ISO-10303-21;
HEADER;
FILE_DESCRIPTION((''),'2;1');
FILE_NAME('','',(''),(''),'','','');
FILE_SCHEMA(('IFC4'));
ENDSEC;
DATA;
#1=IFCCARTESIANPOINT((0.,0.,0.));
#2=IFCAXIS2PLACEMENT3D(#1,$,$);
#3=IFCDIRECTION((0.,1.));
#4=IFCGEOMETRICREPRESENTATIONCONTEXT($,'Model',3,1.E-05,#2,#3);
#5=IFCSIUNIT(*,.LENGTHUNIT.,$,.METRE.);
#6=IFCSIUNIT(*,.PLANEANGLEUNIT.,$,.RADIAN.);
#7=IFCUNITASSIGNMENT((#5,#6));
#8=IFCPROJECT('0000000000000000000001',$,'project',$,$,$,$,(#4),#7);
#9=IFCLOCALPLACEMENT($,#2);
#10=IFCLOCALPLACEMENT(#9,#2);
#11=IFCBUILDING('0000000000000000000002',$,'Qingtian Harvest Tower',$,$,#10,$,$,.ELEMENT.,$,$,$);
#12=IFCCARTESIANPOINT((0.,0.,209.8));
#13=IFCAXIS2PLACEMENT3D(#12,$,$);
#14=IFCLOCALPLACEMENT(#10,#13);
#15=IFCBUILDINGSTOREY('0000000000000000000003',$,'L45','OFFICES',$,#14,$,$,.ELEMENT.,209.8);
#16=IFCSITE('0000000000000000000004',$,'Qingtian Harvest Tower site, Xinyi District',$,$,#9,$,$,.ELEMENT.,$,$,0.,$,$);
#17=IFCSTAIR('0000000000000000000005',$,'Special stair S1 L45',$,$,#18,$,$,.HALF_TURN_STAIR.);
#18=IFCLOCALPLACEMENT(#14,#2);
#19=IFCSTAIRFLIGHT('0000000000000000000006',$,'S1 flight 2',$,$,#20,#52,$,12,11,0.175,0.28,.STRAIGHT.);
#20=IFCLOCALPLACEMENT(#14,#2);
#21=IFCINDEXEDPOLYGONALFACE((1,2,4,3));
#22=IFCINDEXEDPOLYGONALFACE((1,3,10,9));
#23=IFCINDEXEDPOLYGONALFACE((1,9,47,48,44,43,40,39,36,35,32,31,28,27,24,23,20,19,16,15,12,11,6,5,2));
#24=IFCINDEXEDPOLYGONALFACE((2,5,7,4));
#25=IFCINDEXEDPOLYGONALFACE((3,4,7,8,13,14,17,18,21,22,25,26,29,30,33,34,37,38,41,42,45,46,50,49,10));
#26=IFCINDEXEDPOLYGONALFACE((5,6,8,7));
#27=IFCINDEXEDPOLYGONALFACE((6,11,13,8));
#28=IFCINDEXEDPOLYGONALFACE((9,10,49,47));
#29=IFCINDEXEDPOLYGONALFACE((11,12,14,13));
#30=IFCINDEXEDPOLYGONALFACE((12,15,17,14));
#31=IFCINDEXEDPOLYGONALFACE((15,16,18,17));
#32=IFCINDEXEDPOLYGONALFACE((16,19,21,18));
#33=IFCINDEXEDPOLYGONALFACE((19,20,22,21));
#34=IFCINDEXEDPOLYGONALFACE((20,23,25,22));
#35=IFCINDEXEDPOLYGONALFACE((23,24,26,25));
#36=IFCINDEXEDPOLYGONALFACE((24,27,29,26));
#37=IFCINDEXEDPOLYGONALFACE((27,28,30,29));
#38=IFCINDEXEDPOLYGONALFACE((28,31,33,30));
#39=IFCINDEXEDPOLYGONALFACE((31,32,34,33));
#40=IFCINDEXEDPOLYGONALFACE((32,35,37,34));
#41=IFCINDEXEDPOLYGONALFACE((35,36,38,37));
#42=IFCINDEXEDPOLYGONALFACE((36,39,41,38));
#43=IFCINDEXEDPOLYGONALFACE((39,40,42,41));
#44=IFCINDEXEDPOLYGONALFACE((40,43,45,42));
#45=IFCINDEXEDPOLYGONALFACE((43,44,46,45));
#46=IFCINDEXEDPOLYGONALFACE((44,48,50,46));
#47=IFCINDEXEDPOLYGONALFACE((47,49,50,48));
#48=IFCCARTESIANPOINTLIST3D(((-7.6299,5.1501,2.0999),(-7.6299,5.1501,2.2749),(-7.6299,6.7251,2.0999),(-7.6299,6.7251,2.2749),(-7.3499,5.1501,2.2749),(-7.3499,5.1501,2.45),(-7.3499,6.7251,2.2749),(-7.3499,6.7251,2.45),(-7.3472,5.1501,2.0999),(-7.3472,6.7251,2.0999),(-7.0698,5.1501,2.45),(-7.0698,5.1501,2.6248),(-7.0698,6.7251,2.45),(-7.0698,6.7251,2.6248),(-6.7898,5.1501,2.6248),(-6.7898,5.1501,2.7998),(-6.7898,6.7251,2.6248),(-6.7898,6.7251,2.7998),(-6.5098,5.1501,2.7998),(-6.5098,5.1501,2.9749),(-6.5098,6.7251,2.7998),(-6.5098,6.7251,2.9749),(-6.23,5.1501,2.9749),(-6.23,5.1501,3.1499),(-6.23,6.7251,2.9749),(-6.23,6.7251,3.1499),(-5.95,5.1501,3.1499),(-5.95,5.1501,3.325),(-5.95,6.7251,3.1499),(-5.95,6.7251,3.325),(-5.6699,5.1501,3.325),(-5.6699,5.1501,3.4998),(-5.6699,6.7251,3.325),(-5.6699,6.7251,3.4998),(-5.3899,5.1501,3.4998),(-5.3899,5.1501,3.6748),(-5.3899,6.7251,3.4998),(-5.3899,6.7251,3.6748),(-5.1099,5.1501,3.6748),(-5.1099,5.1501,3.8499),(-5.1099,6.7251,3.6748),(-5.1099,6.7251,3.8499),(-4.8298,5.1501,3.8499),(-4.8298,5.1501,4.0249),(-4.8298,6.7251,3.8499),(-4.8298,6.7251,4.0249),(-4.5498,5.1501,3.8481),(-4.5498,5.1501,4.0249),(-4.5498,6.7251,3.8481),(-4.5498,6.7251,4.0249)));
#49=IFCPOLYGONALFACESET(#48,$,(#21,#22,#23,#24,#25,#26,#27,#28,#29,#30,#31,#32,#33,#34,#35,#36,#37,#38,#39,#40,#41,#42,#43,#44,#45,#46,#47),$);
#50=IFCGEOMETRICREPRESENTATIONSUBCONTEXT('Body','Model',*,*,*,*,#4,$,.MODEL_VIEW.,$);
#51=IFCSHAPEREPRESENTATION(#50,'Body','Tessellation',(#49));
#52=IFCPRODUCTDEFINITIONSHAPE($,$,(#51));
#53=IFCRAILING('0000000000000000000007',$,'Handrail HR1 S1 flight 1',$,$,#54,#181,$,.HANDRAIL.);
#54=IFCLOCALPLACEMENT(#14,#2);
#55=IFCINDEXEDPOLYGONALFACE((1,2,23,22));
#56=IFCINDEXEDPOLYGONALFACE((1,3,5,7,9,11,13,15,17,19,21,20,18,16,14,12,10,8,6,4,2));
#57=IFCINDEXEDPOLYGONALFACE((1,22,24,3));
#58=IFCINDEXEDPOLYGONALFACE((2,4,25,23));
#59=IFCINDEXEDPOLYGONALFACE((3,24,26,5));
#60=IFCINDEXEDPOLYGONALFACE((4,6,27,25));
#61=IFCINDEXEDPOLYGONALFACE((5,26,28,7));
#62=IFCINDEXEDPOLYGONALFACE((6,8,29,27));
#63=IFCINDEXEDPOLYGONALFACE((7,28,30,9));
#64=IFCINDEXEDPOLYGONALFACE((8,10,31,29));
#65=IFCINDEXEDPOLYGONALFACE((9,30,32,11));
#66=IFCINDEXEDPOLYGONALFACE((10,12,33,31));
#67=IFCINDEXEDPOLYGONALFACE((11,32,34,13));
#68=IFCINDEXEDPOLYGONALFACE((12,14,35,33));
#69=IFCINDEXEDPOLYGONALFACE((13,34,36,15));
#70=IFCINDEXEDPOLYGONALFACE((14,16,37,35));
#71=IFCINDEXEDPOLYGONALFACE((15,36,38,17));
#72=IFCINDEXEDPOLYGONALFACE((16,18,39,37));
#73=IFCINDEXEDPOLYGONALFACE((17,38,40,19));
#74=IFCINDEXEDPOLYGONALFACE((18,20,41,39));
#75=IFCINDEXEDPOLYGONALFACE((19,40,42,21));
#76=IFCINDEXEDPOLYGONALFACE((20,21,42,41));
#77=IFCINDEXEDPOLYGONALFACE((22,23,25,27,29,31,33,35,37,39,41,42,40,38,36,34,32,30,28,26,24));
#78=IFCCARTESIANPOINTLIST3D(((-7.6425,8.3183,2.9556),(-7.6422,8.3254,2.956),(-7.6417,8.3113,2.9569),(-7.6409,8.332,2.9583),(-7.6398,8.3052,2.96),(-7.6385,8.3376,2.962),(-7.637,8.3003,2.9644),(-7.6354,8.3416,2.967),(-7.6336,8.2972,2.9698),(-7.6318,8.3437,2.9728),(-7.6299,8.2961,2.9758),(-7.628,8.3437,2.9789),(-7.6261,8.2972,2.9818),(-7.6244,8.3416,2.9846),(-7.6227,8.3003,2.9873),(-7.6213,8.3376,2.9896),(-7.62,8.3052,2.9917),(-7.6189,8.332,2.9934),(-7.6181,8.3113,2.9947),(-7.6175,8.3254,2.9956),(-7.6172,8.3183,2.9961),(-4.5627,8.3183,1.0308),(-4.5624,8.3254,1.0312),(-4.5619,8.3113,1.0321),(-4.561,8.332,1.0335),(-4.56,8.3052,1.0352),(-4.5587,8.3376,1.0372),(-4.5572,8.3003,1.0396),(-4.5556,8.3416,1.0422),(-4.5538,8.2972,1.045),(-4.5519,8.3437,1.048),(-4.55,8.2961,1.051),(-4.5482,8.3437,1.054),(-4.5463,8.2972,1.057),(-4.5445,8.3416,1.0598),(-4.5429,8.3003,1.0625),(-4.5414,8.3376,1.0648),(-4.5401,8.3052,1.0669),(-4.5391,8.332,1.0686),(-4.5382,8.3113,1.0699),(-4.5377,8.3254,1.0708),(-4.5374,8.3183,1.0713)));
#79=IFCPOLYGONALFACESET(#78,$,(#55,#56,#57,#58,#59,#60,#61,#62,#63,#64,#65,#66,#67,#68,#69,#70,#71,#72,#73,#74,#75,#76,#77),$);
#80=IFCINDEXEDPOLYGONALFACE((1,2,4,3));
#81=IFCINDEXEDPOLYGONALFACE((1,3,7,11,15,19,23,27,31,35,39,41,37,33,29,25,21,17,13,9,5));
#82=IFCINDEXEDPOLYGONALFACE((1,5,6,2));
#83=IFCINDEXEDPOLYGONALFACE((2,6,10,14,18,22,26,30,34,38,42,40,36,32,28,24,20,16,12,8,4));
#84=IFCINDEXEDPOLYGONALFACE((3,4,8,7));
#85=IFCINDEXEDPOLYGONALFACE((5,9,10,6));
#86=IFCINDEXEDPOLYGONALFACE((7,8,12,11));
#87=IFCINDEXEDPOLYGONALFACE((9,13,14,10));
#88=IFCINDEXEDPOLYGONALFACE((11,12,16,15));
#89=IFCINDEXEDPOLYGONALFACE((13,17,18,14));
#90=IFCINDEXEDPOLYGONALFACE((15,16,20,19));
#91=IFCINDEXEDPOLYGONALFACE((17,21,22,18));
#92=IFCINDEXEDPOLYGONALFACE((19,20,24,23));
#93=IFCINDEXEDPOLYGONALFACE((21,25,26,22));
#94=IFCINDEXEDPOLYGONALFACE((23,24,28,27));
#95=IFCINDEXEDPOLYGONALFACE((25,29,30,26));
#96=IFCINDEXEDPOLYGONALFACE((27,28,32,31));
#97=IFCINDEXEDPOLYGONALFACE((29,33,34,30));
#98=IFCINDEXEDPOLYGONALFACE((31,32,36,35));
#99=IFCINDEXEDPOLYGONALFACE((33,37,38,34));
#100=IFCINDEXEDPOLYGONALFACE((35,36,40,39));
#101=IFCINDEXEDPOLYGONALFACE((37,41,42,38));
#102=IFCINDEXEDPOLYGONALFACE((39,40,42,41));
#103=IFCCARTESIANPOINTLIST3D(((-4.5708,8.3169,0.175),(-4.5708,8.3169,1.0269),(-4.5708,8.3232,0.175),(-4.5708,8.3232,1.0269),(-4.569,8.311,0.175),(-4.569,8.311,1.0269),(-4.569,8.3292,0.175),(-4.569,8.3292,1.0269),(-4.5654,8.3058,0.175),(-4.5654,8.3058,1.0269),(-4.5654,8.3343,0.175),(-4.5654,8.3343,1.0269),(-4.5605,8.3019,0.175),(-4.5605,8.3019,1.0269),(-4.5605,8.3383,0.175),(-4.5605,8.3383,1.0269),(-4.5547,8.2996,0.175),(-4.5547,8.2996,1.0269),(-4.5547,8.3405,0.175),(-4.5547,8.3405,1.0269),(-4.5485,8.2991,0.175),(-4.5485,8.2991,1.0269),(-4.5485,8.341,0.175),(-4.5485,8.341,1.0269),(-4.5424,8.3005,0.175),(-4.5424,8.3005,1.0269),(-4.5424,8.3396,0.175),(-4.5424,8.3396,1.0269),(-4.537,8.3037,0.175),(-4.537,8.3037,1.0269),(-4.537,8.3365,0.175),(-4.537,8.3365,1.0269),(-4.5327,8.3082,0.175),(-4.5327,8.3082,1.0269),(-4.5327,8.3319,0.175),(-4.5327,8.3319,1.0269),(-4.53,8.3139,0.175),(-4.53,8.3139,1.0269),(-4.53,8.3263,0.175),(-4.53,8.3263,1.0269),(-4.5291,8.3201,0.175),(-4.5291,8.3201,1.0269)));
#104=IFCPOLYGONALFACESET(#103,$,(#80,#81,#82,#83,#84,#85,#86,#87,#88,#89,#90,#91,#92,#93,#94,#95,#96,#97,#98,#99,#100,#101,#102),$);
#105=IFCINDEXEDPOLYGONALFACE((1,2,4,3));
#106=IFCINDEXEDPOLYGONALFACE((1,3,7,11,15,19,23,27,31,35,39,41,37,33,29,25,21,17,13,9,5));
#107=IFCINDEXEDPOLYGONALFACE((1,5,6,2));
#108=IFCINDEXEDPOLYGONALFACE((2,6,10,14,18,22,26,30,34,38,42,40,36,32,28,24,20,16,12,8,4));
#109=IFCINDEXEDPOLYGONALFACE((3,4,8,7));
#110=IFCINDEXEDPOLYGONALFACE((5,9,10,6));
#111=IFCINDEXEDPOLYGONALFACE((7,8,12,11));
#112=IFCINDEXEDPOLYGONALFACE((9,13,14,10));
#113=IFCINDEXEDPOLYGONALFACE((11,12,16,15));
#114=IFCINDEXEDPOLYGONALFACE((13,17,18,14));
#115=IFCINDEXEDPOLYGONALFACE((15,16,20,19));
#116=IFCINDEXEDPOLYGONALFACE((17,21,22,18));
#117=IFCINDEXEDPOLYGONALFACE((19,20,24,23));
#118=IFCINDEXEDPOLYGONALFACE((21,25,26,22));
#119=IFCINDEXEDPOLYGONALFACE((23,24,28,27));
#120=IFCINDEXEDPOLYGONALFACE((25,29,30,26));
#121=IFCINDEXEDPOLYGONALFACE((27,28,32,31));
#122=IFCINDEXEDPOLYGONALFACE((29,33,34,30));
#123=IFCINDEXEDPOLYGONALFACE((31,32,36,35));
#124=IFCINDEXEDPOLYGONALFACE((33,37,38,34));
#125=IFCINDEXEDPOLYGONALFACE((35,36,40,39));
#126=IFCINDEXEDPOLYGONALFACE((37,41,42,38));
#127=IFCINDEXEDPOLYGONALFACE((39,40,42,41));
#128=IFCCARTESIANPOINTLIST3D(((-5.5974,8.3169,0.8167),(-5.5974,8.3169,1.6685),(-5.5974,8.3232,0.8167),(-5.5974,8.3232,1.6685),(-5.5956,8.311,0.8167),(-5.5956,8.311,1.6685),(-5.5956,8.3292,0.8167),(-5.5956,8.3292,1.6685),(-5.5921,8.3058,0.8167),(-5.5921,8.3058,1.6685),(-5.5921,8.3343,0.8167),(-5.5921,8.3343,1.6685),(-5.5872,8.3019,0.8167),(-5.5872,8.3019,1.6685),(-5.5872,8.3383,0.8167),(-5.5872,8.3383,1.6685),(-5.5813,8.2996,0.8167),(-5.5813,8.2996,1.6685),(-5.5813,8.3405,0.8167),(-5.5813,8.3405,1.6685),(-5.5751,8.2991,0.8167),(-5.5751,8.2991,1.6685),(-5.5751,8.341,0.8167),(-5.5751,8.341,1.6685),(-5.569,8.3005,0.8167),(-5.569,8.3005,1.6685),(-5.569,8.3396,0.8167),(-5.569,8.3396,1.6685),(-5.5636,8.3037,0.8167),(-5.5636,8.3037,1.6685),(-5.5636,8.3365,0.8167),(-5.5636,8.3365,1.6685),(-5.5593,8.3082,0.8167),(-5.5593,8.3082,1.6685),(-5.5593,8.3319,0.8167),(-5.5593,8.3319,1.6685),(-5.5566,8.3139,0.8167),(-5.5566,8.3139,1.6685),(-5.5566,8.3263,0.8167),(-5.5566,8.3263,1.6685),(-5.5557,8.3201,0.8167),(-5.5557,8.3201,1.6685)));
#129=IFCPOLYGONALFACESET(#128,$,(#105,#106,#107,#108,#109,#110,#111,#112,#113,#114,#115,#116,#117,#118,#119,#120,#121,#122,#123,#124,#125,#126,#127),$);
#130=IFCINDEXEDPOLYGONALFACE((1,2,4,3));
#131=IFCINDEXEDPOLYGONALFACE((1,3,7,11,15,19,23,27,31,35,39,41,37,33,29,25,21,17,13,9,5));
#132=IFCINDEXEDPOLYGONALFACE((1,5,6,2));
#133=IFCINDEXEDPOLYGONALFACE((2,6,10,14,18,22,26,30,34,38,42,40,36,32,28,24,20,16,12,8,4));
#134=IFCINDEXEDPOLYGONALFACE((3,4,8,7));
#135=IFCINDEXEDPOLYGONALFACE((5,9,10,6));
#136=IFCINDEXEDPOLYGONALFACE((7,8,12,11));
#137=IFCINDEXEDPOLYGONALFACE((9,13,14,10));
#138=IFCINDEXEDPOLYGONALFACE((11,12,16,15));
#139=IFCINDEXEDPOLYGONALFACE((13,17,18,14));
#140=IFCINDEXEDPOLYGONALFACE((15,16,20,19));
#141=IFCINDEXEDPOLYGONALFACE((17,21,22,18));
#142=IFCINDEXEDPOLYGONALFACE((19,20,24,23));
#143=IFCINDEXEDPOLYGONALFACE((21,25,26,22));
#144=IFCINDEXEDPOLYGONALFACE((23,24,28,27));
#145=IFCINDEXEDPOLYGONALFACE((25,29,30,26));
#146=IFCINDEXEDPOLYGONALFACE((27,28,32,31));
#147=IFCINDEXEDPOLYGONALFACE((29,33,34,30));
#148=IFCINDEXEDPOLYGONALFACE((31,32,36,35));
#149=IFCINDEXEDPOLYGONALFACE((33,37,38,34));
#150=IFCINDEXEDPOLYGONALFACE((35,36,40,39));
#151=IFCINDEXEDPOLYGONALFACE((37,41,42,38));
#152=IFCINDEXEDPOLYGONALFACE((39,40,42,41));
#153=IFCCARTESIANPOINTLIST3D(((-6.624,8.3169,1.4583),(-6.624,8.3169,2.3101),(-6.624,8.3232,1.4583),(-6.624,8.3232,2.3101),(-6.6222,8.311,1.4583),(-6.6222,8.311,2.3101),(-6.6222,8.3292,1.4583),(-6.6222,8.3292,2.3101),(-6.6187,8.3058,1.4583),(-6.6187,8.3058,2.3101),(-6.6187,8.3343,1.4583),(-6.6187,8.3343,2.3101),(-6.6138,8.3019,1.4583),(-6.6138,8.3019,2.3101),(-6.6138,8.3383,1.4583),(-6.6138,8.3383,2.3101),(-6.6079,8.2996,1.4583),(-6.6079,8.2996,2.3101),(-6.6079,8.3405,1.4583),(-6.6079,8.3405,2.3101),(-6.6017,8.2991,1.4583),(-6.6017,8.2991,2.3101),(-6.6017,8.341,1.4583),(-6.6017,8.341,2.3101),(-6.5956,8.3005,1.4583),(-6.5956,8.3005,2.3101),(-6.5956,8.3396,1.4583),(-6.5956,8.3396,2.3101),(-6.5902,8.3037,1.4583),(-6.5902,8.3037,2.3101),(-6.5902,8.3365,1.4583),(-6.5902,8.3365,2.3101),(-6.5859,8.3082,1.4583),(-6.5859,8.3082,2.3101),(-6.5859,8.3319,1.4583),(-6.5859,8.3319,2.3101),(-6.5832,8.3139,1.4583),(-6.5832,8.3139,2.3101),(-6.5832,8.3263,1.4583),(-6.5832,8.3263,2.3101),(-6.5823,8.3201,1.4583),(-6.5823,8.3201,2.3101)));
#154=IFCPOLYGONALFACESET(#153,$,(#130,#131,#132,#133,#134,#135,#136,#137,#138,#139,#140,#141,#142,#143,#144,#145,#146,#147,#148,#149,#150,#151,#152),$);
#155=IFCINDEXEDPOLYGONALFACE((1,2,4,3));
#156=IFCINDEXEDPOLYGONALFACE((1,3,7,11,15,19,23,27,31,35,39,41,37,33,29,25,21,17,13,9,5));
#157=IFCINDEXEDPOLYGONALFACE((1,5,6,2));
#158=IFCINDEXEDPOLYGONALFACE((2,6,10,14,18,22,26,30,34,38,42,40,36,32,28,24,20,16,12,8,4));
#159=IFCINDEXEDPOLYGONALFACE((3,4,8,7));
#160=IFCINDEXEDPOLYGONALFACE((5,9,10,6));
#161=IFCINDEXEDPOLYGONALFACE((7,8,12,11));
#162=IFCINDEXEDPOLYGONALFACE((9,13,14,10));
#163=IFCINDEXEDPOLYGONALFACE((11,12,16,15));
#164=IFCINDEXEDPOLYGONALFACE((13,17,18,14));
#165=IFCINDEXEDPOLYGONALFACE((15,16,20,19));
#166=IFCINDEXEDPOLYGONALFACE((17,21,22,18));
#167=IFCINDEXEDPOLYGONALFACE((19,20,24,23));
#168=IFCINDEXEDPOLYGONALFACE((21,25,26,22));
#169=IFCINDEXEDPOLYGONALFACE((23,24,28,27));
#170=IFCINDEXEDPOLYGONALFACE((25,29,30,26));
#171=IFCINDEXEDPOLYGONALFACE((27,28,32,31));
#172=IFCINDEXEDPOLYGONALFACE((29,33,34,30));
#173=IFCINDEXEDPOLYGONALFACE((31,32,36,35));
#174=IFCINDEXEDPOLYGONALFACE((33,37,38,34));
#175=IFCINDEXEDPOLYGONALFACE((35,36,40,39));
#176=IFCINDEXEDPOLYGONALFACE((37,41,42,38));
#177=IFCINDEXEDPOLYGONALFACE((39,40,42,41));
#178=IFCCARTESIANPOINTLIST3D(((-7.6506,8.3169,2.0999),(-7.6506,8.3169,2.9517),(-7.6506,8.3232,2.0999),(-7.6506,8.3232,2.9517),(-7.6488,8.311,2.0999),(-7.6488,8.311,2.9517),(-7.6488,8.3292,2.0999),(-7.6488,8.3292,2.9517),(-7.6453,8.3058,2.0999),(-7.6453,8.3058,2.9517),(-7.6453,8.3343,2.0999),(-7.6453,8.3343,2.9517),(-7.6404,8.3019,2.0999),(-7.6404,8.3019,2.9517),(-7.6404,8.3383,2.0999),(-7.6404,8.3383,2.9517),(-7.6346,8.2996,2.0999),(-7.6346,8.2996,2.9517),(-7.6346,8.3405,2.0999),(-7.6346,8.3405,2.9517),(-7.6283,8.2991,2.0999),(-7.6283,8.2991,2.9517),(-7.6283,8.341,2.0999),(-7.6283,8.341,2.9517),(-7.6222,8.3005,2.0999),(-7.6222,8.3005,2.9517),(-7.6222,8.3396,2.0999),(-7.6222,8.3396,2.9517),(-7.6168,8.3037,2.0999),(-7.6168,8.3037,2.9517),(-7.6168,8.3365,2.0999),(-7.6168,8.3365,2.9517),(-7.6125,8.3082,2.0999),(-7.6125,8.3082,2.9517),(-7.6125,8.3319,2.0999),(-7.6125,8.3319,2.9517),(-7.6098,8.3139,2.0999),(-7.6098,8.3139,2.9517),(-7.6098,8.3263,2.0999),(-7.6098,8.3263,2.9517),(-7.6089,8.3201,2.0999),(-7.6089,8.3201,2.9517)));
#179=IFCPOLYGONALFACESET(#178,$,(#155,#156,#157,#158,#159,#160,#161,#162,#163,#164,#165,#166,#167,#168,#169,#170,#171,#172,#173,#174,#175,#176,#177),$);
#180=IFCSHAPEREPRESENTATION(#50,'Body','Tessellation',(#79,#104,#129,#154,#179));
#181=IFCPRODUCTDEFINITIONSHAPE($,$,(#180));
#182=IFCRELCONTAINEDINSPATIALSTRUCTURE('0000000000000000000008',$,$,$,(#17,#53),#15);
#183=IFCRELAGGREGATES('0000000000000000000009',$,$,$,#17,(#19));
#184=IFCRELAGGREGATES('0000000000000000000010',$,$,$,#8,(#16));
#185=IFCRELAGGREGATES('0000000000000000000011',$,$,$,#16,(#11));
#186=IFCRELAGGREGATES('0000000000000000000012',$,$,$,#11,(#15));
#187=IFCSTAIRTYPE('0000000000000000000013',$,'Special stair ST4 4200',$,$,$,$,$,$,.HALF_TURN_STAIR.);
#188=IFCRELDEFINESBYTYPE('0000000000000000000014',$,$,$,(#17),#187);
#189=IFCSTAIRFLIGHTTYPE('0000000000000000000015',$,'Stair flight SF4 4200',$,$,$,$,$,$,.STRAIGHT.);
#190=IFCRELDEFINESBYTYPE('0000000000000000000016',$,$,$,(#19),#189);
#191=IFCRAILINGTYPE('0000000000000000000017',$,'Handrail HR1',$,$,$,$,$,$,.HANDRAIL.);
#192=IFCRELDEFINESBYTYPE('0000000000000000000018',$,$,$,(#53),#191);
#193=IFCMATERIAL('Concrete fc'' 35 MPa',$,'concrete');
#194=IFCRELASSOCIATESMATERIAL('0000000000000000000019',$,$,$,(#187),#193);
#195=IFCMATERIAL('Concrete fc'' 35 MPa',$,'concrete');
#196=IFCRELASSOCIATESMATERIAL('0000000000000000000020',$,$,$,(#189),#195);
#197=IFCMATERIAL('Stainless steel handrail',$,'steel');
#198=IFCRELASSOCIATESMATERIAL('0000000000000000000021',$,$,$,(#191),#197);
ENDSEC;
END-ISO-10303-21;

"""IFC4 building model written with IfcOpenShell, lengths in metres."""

from ifc_helpers import new_model, si_unit, direction, frame, origin, origin_2d, place, context, subcontext, project, spatial, polyline, circle, outline, extrude, material, type_object, element, aggregate, save


model = new_model("IFC4")

# Units and contexts
model_context = context("Model", 3, precision=1e-05, world=origin(), true_north=direction((0.0, 1.0)))
body_context = subcontext(model_context, "Body", "Model", "MODEL_VIEW")
ifc_project = project(units=[si_unit("LENGTHUNIT", "METRE"), si_unit("PLANEANGLEUNIT", "RADIAN")], contexts=[model_context])

# Site, building, storey
site_placement = place(None, origin())
site = spatial("IfcSite", under=ifc_project, at=site_placement, Name="Qingtian Harvest Tower site, Xinyi District", CompositionType="ELEMENT", RefElevation=0.0)
building_placement = place(site_placement, origin())
building = spatial("IfcBuilding", under=site, at=building_placement, Name="Qingtian Harvest Tower", CompositionType="ELEMENT")
storey_placement = place(building_placement, frame((0.0, 0.0, 209.8)))
storey = spatial("IfcBuildingStorey", under=building, at=storey_placement, Name="L45", Description="OFFICES", CompositionType="ELEMENT", Elevation=209.8)

# Stair, stair flight
ifc_material_1 = material(Name="Concrete fc' 35 MPa", Category="concrete")
stair_type = type_object("IfcStairType", Name="Special stair ST4 4200", PredefinedType="HALF_TURN_STAIR", material=ifc_material_1)
stair_placement = place(storey_placement, origin())
stair = element("IfcStair", 1, at=stair_placement, inside=storey, type_object=stair_type, Name="Special stair S1 L45", PredefinedType="HALF_TURN_STAIR")
ifc_material_2 = material(Name="Concrete fc' 35 MPa", Category="concrete")
stair_flight_type = type_object("IfcStairFlightType", Name="Stair flight SF4 4200", PredefinedType="STRAIGHT", material=ifc_material_2)
stair_flight_1_placement = place(storey_placement, frame((-7.6299, 5.9375, 2.0999), z_axis=(0.0, 0.0, 1.0), x_axis=(1.0, 0.0, 0.0)))
stair_flight_1 = element("IfcStairFlight", 2, at=stair_flight_1_placement, type_object=stair_flight_type, Name="S1 flight 2", NumberOfRisers=12, NumberOfTreads=11, PredefinedType="STRAIGHT", RiserHeight=0.175, TreadLength=0.28, context=body_context, shape_type="SweptSolid", body=[
    extrude(outline(polyline([(0.0, 0.0), (0.0, 0.175), (0.28, 0.175), (0.28, 0.3501), (0.5601, 0.3501), (0.5601, 0.5249), (0.8401, 0.5249), (0.8401, 0.7), (1.1201, 0.7), (1.1201, 0.875), (1.3999, 0.875), (1.3999, 1.05), (1.6799, 1.05), (1.6799, 1.2251), (1.96, 1.2251), (1.96, 1.3999), (2.24, 1.3999), (2.24, 1.575), (2.52, 1.575), (2.52, 1.75), (2.8, 1.75), (2.8, 1.925), (3.0801, 1.925), (3.0801, 2.1001), (3.0801, 1.7483), (0.2827, 0.0), (0.0, 0.0)])), frame((0.0, 0.7876, 0.0), z_axis=(0.0, -1.0, 0.0), x_axis=(1.0, 0.0, 0.0)), (0.0, 0.0, 1.0), 1.575),
])
aggregate(stair, [stair_flight_1])

# Railing
ifc_material_3 = material(Name="Stainless steel handrail", Category="steel")
railing_type = type_object("IfcRailingType", Name="Handrail HR1", PredefinedType="HANDRAIL", material=ifc_material_3)
railing_1_placement = place(storey_placement, frame((-4.55, 8.3201, 0.175)))
element("IfcRailing", 3, at=railing_1_placement, inside=storey, type_object=railing_type, Name="Handrail HR1 S1 flight 1", PredefinedType="HANDRAIL", context=body_context, shape_type="SweptSolid", body=[
    extrude(circle(Radius=0.0239, at=origin_2d()), frame((0.0, 0.0, 0.876), z_axis=(-0.84801, 0.0, 0.529981), x_axis=(0.0, -1.0, 0.0)), (0.0, 0.0, 1.0), 3.6318),
    extrude(circle(Radius=0.021, at=origin_2d()), origin(), (0.0, 0.0, 1.0), 0.8518),
    extrude(circle(Radius=0.021, at=origin_2d()), frame((-1.0266, 0.0, 0.6416)), (0.0, 0.0, 1.0), 0.8518),
    extrude(circle(Radius=0.021, at=origin_2d()), frame((-2.0532, 0.0, 1.2832)), (0.0, 0.0, 1.0), 0.8518),
    extrude(circle(Radius=0.021, at=origin_2d()), frame((-3.0798, 0.0, 1.9248)), (0.0, 0.0, 1.0), 0.8518),
])

save(model, "model.ifc")
